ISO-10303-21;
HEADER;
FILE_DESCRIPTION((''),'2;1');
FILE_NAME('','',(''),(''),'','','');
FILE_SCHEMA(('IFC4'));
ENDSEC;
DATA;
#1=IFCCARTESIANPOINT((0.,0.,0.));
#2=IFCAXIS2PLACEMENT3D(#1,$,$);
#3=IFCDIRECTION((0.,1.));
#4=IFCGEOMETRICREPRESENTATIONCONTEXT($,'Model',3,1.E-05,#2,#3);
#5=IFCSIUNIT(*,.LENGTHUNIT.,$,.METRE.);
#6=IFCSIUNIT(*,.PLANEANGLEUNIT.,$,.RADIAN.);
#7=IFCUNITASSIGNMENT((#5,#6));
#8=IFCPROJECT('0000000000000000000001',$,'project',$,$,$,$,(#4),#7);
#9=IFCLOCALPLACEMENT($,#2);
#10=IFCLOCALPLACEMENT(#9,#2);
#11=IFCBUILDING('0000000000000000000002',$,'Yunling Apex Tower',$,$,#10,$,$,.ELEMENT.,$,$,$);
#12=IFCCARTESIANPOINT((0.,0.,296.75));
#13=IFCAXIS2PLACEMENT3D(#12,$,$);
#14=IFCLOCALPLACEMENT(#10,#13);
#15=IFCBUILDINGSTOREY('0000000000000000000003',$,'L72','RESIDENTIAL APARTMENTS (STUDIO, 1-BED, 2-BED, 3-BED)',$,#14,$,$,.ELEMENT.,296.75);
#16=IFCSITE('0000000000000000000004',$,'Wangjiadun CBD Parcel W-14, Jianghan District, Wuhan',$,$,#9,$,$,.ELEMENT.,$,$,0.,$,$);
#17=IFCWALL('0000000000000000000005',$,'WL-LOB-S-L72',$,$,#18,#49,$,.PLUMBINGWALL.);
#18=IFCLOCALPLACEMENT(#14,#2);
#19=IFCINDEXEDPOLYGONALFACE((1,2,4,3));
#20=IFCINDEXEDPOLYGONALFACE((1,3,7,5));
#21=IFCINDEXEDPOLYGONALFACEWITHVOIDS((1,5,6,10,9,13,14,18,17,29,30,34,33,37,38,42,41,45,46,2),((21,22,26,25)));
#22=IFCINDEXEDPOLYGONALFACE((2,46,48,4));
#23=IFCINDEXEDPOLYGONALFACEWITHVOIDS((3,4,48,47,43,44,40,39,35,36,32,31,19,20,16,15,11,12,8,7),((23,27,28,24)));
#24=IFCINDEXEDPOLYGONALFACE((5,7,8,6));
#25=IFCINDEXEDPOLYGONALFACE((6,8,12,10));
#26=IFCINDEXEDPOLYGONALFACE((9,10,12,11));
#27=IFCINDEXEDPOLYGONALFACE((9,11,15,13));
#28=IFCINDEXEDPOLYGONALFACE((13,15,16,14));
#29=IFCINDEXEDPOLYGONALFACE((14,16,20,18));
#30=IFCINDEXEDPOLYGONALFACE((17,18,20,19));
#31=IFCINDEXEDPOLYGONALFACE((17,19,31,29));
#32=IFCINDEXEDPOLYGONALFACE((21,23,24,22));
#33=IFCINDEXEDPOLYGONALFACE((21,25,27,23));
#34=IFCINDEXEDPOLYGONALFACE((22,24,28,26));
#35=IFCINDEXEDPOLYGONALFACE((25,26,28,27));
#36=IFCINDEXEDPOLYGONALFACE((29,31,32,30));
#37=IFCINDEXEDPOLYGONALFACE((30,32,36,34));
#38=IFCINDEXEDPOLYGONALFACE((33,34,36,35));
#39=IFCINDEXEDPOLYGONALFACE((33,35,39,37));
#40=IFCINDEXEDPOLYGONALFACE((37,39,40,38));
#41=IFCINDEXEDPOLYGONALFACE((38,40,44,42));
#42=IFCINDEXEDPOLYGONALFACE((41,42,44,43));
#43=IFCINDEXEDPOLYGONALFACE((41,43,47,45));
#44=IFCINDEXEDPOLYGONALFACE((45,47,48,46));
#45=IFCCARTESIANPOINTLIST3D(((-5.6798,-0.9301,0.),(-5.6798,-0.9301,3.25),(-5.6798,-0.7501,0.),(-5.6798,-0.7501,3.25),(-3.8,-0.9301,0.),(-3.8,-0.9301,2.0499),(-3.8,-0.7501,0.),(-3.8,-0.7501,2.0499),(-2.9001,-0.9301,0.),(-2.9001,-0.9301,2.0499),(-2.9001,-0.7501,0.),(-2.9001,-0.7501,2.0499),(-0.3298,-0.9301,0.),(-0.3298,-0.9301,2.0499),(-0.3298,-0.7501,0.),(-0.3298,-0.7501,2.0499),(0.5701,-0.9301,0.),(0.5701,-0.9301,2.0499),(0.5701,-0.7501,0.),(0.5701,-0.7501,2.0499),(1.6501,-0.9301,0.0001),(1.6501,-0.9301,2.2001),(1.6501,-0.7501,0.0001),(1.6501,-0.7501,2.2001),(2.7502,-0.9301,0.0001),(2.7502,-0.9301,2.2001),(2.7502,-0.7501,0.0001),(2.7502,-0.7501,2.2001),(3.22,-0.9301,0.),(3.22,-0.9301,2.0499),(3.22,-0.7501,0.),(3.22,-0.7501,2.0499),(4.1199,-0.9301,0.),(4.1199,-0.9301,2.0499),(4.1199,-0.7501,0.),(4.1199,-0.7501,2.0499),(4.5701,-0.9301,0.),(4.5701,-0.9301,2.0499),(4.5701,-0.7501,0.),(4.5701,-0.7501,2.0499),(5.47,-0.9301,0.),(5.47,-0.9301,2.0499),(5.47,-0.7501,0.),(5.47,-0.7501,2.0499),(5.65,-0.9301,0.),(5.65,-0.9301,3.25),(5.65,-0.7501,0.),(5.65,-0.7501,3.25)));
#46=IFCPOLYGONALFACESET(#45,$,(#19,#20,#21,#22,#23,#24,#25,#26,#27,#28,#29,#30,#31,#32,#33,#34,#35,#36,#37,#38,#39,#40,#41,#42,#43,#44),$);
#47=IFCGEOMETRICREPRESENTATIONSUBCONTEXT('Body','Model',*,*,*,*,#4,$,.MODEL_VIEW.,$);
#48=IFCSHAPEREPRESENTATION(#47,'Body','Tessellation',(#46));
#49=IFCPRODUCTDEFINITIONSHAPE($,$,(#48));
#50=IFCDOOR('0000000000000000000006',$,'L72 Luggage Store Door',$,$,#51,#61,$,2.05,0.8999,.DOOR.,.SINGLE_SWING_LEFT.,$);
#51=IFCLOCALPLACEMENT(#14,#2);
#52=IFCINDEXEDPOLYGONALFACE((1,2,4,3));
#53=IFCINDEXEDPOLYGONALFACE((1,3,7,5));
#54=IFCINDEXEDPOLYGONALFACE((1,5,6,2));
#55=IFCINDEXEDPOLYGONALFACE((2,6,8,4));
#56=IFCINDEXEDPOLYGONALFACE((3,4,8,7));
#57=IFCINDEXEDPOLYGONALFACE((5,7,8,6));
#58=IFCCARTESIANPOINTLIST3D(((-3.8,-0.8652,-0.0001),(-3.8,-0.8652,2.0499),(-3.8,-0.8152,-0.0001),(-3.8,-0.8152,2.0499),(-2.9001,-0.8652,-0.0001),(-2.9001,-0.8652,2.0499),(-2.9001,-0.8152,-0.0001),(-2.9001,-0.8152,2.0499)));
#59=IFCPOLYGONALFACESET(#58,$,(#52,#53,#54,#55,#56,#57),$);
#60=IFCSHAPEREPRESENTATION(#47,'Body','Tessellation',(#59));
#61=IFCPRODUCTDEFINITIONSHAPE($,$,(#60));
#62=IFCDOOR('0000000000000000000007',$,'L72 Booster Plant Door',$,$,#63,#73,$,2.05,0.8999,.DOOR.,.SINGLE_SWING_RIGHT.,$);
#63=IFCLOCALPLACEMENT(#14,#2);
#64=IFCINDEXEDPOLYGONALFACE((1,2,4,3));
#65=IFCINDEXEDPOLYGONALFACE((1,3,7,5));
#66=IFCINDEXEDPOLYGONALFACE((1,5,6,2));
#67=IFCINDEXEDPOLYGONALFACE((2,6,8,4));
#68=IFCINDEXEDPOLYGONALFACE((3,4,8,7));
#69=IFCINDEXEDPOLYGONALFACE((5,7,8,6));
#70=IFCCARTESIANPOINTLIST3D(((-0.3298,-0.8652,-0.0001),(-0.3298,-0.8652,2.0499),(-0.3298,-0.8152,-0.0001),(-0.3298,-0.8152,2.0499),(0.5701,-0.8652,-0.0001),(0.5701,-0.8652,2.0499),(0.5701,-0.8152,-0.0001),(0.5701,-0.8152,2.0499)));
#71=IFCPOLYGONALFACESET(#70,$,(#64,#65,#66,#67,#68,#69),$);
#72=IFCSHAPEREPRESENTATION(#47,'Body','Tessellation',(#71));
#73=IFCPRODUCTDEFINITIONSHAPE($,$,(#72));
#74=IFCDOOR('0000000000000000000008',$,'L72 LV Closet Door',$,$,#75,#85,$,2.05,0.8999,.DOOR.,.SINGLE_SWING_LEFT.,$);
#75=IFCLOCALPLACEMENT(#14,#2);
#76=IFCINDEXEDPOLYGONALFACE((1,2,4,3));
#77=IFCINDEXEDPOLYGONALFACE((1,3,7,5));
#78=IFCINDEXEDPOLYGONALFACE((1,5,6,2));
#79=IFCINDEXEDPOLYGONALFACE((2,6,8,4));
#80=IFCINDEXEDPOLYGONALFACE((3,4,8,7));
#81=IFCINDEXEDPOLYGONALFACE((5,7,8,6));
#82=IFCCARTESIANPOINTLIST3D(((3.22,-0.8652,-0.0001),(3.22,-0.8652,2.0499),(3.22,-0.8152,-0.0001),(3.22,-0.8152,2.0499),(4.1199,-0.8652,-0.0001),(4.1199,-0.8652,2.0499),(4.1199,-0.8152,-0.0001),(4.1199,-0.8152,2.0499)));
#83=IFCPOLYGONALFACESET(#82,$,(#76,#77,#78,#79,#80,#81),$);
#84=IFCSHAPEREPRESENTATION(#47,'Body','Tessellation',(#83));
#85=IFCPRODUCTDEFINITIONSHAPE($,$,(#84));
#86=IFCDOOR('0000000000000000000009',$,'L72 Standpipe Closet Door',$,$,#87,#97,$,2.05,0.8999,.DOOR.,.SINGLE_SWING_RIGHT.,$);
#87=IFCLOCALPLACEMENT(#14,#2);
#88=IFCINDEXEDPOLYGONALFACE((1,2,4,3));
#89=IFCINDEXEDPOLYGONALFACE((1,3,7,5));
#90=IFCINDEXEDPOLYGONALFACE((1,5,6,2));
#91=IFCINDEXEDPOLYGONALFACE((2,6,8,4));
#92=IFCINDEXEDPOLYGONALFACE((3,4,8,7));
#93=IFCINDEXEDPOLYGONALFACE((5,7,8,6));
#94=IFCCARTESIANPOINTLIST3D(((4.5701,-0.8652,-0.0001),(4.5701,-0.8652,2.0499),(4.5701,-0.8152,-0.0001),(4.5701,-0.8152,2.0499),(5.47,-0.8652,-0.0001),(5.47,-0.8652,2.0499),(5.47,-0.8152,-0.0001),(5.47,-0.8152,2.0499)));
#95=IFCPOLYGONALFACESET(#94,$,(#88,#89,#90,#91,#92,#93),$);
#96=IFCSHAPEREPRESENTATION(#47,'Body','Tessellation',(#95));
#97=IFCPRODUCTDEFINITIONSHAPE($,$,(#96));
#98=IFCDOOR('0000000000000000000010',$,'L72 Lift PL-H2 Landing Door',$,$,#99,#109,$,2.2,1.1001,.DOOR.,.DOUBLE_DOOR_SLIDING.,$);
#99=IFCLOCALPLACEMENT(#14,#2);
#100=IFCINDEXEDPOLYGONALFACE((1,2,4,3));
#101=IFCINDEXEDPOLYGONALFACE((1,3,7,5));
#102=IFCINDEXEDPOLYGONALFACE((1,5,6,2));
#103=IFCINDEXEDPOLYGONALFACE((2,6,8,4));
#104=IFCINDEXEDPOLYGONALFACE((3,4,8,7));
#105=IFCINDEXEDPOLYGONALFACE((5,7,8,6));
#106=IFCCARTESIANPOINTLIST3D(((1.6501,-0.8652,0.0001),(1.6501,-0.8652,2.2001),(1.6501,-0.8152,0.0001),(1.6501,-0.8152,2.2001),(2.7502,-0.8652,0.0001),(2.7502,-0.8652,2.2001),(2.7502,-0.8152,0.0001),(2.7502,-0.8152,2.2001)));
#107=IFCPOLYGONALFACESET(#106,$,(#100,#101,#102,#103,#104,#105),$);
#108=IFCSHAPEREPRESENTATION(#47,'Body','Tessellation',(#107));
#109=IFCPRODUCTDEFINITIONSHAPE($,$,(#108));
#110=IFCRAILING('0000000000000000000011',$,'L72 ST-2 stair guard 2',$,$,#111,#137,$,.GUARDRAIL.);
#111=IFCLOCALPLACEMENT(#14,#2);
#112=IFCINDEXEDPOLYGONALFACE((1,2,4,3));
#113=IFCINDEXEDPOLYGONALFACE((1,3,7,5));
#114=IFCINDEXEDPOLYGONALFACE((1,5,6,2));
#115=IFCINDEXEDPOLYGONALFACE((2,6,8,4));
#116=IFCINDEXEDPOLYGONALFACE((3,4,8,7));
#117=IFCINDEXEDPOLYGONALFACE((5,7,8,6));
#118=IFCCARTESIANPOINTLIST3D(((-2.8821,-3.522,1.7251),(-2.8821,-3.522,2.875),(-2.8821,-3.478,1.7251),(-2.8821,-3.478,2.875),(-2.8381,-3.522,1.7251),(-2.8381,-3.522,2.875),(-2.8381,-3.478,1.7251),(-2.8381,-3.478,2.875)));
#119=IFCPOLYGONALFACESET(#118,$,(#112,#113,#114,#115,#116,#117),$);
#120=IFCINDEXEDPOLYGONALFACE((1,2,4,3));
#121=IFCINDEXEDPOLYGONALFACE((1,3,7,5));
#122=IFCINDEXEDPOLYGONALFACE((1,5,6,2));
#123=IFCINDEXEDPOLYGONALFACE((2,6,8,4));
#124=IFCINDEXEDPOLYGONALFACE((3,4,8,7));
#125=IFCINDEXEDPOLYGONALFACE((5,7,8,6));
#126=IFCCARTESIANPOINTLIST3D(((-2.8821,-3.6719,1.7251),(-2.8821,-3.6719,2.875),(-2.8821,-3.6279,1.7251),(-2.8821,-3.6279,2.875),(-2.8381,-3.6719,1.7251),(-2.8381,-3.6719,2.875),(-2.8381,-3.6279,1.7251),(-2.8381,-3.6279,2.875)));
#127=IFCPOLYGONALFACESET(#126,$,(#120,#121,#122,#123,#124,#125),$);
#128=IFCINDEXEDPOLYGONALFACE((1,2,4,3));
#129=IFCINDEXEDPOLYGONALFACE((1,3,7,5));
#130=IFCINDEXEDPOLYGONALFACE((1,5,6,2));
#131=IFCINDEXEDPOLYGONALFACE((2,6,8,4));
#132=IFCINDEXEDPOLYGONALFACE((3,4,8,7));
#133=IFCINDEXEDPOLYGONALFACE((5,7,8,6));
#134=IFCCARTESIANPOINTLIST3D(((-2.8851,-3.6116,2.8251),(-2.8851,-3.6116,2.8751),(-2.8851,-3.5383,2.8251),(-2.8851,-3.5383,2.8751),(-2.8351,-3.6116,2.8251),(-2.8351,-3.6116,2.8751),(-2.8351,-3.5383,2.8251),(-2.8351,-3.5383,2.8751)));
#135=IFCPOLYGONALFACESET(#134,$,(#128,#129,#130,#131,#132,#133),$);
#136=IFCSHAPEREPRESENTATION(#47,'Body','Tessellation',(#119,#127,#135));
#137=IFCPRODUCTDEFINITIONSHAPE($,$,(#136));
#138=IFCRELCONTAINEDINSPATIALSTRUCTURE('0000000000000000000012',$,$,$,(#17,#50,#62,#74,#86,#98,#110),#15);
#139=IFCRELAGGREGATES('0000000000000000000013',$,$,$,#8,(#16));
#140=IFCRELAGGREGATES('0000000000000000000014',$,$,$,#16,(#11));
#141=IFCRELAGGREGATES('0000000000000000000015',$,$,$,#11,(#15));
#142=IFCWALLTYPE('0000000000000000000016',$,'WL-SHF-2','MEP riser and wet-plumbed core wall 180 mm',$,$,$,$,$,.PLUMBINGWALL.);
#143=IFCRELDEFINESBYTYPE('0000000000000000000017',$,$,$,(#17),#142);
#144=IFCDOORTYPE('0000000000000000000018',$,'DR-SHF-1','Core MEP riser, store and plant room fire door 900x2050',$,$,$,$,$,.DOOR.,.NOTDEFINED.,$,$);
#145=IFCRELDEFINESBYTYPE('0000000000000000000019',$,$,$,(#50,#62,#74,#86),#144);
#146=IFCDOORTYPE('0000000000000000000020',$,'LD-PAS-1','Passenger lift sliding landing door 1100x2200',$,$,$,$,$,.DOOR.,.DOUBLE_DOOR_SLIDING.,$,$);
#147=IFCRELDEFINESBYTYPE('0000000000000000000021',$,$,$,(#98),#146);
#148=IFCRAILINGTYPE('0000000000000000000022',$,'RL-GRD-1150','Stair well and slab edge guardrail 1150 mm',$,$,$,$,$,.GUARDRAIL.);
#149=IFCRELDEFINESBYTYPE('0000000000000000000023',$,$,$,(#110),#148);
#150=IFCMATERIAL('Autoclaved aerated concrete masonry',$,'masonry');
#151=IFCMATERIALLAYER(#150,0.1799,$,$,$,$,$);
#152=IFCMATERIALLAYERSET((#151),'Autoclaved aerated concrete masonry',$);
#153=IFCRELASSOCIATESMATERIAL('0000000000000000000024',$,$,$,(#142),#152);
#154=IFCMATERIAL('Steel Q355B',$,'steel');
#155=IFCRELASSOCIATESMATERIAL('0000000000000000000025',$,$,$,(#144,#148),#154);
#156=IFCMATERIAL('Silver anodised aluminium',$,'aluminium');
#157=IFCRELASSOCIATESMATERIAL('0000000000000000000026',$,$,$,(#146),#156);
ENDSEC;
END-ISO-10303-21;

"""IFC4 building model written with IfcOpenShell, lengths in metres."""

from ifc_helpers import new_model, si_unit, direction, frame, frame_2d, origin, origin_2d, place, context, subcontext, project, spatial, rectangle, extrude, material, layer, layer_set, type_object, element, fill, save


model = new_model("IFC4")

# Units and contexts
model_context = context("Model", 3, precision=1e-05, world=origin(), true_north=direction((0.0, 1.0)))
body_context = subcontext(model_context, "Body", "Model", "MODEL_VIEW")
ifc_project = project(units=[si_unit("LENGTHUNIT", "METRE"), si_unit("PLANEANGLEUNIT", "RADIAN")], contexts=[model_context])

# Site, building, storey
site_placement = place(None, origin())
site = spatial("IfcSite", under=ifc_project, at=site_placement, Name="Wangjiadun CBD Parcel W-14, Jianghan District, Wuhan", CompositionType="ELEMENT", RefElevation=0.0)
building_placement = place(site_placement, origin())
building = spatial("IfcBuilding", under=site, at=building_placement, Name="Yunling Apex Tower", CompositionType="ELEMENT")
storey_placement = place(building_placement, frame((0.0, 0.0, 296.75)))
storey = spatial("IfcBuildingStorey", under=building, at=storey_placement, Name="L72", Description="RESIDENTIAL APARTMENTS (STUDIO, 1-BED, 2-BED, 3-BED)", CompositionType="ELEMENT", Elevation=296.75)

# Shared definitions
ifc_material_1 = material(Name="Steel Q355B", Category="steel")

# Shared definitions
ifc_material_2 = material(Name="Autoclaved aerated concrete masonry", Category="masonry")

# Wall, openings, doors
ifc_layer_1 = layer(ifc_material_2, 0.1799)
ifc_layer_set_1 = layer_set([ifc_layer_1], Name="Autoclaved aerated concrete masonry")
wall_type_1 = type_object("IfcWallType", Name="WL-SHF-2", Description="MEP riser and wet-plumbed core wall 180 mm", PredefinedType="PLUMBINGWALL", material=ifc_layer_set_1)
wall_1_placement = place(storey_placement, frame((-5.6799, -0.8401, 0.0), z_axis=(0.0, 0.0, 1.0), x_axis=(1.0, 0.0, 0.0)))
wall_1 = element("IfcWall", 1, at=wall_1_placement, inside=storey, type_object=wall_type_1, Name="WL-LOB-S-L72", PredefinedType="PLUMBINGWALL", context=body_context, shape_type="SweptSolid", body=[
    extrude(rectangle(XDim=11.3298, YDim=0.1799, at=frame_2d((5.665, 0.0))), origin(), (0.0, 0.0, 1.0), 3.25),
])
opening_1_placement = place(wall_1_placement, frame((1.8799, 0.0, 0.0)))
opening_1 = element("IfcOpeningElement", 2, at=opening_1_placement, cuts=wall_1, PredefinedType="OPENING", context=body_context, shape_type="SweptSolid", body=[
    extrude(rectangle(XDim=0.8999, YDim=2.05, at=frame_2d((0.45, 1.0249))), frame((0.0, 0.1001, 0.0), z_axis=(0.0, -1.0, 0.0), x_axis=(1.0, 0.0, 0.0)), (0.0, 0.0, 1.0), 0.2),
])
opening_2_placement = place(wall_1_placement, frame((5.3501, 0.0, 0.0)))
opening_2 = element("IfcOpeningElement", 3, at=opening_2_placement, cuts=wall_1, PredefinedType="OPENING", context=body_context, shape_type="SweptSolid", body=[
    extrude(rectangle(XDim=0.8999, YDim=2.05, at=frame_2d((0.45, 1.0249))), frame((0.0, 0.1001, 0.0), z_axis=(0.0, -1.0, 0.0), x_axis=(1.0, 0.0, 0.0)), (0.0, 0.0, 1.0), 0.2),
])
opening_3_placement = place(wall_1_placement, frame((7.3301, 0.0, 0.0)))
opening_3 = element("IfcOpeningElement", 4, at=opening_3_placement, cuts=wall_1, PredefinedType="OPENING", context=body_context, shape_type="SweptSolid", body=[
    extrude(rectangle(XDim=1.1001, YDim=2.2, at=frame_2d((0.55, 1.1001))), frame((0.0, 0.1001, 0.0), z_axis=(0.0, -1.0, 0.0), x_axis=(1.0, 0.0, 0.0)), (0.0, 0.0, 1.0), 0.2),
])
opening_4_placement = place(wall_1_placement, frame((8.8999, 0.0, 0.0)))
opening_4 = element("IfcOpeningElement", 5, at=opening_4_placement, cuts=wall_1, PredefinedType="OPENING", context=body_context, shape_type="SweptSolid", body=[
    extrude(rectangle(XDim=0.8999, YDim=2.05, at=frame_2d((0.45, 1.0249))), frame((0.0, 0.1001, 0.0), z_axis=(0.0, -1.0, 0.0), x_axis=(1.0, 0.0, 0.0)), (0.0, 0.0, 1.0), 0.2),
])
opening_5_placement = place(wall_1_placement, frame((10.25, 0.0, 0.0)))
opening_5 = element("IfcOpeningElement", 6, at=opening_5_placement, cuts=wall_1, PredefinedType="OPENING", context=body_context, shape_type="SweptSolid", body=[
    extrude(rectangle(XDim=0.8999, YDim=2.05, at=frame_2d((0.45, 1.0249))), frame((0.0, 0.1001, 0.0), z_axis=(0.0, -1.0, 0.0), x_axis=(1.0, 0.0, 0.0)), (0.0, 0.0, 1.0), 0.2),
])
door_type_1 = type_object("IfcDoorType", Name="DR-SHF-1", Description="Core MEP riser, store and plant room fire door 900x2050", OperationType="NOTDEFINED", PredefinedType="DOOR", material=ifc_material_1)
door_1_placement = place(opening_1_placement, origin())
door_1 = element("IfcDoor", 7, at=door_1_placement, inside=storey, type_object=door_type_1, Name="L72 Luggage Store Door", OperationType="SINGLE_SWING_LEFT", OverallHeight=2.05, OverallWidth=0.8999, PredefinedType="DOOR", context=body_context, shape_type="SweptSolid", body=[
    extrude(rectangle(XDim=0.8999, YDim=2.05, at=frame_2d((0.45, 1.0249))), frame((0.0, 0.0249, 0.0), z_axis=(0.0, -1.0, 0.0), x_axis=(1.0, 0.0, 0.0)), (0.0, 0.0, 1.0), 0.05),
])
fill(opening_1, door_1)
door_2_placement = place(opening_2_placement, origin())
door_2 = element("IfcDoor", 8, at=door_2_placement, inside=storey, type_object=door_type_1, Name="L72 Booster Plant Door", OperationType="SINGLE_SWING_RIGHT", OverallHeight=2.05, OverallWidth=0.8999, PredefinedType="DOOR", context=body_context, shape_type="SweptSolid", body=[
    extrude(rectangle(XDim=0.8999, YDim=2.05, at=frame_2d((0.45, 1.0249))), frame((0.0, 0.0249, 0.0), z_axis=(0.0, -1.0, 0.0), x_axis=(1.0, 0.0, 0.0)), (0.0, 0.0, 1.0), 0.05),
])
fill(opening_2, door_2)
door_3_placement = place(opening_4_placement, origin())
door_3 = element("IfcDoor", 9, at=door_3_placement, inside=storey, type_object=door_type_1, Name="L72 LV Closet Door", OperationType="SINGLE_SWING_LEFT", OverallHeight=2.05, OverallWidth=0.8999, PredefinedType="DOOR", context=body_context, shape_type="SweptSolid", body=[
    extrude(rectangle(XDim=0.8999, YDim=2.05, at=frame_2d((0.45, 1.0249))), frame((0.0, 0.0249, 0.0), z_axis=(0.0, -1.0, 0.0), x_axis=(1.0, 0.0, 0.0)), (0.0, 0.0, 1.0), 0.05),
])
fill(opening_4, door_3)
door_4_placement = place(opening_5_placement, origin())
door_4 = element("IfcDoor", 10, at=door_4_placement, inside=storey, type_object=door_type_1, Name="L72 Standpipe Closet Door", OperationType="SINGLE_SWING_RIGHT", OverallHeight=2.05, OverallWidth=0.8999, PredefinedType="DOOR", context=body_context, shape_type="SweptSolid", body=[
    extrude(rectangle(XDim=0.8999, YDim=2.05, at=frame_2d((0.45, 1.0249))), frame((0.0, 0.0249, 0.0), z_axis=(0.0, -1.0, 0.0), x_axis=(1.0, 0.0, 0.0)), (0.0, 0.0, 1.0), 0.05),
])
fill(opening_5, door_4)
ifc_material_3 = material(Name="Silver anodised aluminium", Category="aluminium")
door_type_2 = type_object("IfcDoorType", Name="LD-PAS-1", Description="Passenger lift sliding landing door 1100x2200", OperationType="DOUBLE_DOOR_SLIDING", PredefinedType="DOOR", material=ifc_material_3)
door_5_placement = place(opening_3_placement, origin())
door_5 = element("IfcDoor", 11, at=door_5_placement, inside=storey, type_object=door_type_2, Name="L72 Lift PL-H2 Landing Door", OperationType="DOUBLE_DOOR_SLIDING", OverallHeight=2.2, OverallWidth=1.1001, PredefinedType="DOOR", context=body_context, shape_type="SweptSolid", body=[
    extrude(rectangle(XDim=1.1001, YDim=2.2, at=frame_2d((0.55, 1.1001))), frame((0.0, 0.0249, 0.0), z_axis=(0.0, -1.0, 0.0), x_axis=(1.0, 0.0, 0.0)), (0.0, 0.0, 1.0), 0.05),
])
fill(opening_3, door_5)

# Railing
railing_type = type_object("IfcRailingType", Name="RL-GRD-1150", Description="Stair well and slab edge guardrail 1150 mm", PredefinedType="GUARDRAIL", material=ifc_material_1)
railing_placement = place(storey_placement, frame((-2.8601, -3.5, 1.7251)))
element("IfcRailing", 12, at=railing_placement, inside=storey, type_object=railing_type, Name="L72 ST-2 stair guard 2", PredefinedType="GUARDRAIL", context=body_context, shape_type="SweptSolid", body=[
    extrude(rectangle(XDim=0.0439, YDim=0.0439, at=origin_2d()), origin(), (0.0, 0.0, 1.0), 1.1499),
    extrude(rectangle(XDim=0.0439, YDim=0.0439, at=origin_2d()), frame((0.0, -0.1499, 0.0)), (0.0, 0.0, 1.0), 1.1499),
    extrude(rectangle(XDim=0.05, YDim=0.05, at=origin_2d()), frame((0.0, -0.0383, 1.125), z_axis=(0.0, -1.0, 0.0), x_axis=(1.0, 0.0, 0.0)), (0.0, 0.0, 1.0), 0.0732),
])

save(model, "model.ifc")
